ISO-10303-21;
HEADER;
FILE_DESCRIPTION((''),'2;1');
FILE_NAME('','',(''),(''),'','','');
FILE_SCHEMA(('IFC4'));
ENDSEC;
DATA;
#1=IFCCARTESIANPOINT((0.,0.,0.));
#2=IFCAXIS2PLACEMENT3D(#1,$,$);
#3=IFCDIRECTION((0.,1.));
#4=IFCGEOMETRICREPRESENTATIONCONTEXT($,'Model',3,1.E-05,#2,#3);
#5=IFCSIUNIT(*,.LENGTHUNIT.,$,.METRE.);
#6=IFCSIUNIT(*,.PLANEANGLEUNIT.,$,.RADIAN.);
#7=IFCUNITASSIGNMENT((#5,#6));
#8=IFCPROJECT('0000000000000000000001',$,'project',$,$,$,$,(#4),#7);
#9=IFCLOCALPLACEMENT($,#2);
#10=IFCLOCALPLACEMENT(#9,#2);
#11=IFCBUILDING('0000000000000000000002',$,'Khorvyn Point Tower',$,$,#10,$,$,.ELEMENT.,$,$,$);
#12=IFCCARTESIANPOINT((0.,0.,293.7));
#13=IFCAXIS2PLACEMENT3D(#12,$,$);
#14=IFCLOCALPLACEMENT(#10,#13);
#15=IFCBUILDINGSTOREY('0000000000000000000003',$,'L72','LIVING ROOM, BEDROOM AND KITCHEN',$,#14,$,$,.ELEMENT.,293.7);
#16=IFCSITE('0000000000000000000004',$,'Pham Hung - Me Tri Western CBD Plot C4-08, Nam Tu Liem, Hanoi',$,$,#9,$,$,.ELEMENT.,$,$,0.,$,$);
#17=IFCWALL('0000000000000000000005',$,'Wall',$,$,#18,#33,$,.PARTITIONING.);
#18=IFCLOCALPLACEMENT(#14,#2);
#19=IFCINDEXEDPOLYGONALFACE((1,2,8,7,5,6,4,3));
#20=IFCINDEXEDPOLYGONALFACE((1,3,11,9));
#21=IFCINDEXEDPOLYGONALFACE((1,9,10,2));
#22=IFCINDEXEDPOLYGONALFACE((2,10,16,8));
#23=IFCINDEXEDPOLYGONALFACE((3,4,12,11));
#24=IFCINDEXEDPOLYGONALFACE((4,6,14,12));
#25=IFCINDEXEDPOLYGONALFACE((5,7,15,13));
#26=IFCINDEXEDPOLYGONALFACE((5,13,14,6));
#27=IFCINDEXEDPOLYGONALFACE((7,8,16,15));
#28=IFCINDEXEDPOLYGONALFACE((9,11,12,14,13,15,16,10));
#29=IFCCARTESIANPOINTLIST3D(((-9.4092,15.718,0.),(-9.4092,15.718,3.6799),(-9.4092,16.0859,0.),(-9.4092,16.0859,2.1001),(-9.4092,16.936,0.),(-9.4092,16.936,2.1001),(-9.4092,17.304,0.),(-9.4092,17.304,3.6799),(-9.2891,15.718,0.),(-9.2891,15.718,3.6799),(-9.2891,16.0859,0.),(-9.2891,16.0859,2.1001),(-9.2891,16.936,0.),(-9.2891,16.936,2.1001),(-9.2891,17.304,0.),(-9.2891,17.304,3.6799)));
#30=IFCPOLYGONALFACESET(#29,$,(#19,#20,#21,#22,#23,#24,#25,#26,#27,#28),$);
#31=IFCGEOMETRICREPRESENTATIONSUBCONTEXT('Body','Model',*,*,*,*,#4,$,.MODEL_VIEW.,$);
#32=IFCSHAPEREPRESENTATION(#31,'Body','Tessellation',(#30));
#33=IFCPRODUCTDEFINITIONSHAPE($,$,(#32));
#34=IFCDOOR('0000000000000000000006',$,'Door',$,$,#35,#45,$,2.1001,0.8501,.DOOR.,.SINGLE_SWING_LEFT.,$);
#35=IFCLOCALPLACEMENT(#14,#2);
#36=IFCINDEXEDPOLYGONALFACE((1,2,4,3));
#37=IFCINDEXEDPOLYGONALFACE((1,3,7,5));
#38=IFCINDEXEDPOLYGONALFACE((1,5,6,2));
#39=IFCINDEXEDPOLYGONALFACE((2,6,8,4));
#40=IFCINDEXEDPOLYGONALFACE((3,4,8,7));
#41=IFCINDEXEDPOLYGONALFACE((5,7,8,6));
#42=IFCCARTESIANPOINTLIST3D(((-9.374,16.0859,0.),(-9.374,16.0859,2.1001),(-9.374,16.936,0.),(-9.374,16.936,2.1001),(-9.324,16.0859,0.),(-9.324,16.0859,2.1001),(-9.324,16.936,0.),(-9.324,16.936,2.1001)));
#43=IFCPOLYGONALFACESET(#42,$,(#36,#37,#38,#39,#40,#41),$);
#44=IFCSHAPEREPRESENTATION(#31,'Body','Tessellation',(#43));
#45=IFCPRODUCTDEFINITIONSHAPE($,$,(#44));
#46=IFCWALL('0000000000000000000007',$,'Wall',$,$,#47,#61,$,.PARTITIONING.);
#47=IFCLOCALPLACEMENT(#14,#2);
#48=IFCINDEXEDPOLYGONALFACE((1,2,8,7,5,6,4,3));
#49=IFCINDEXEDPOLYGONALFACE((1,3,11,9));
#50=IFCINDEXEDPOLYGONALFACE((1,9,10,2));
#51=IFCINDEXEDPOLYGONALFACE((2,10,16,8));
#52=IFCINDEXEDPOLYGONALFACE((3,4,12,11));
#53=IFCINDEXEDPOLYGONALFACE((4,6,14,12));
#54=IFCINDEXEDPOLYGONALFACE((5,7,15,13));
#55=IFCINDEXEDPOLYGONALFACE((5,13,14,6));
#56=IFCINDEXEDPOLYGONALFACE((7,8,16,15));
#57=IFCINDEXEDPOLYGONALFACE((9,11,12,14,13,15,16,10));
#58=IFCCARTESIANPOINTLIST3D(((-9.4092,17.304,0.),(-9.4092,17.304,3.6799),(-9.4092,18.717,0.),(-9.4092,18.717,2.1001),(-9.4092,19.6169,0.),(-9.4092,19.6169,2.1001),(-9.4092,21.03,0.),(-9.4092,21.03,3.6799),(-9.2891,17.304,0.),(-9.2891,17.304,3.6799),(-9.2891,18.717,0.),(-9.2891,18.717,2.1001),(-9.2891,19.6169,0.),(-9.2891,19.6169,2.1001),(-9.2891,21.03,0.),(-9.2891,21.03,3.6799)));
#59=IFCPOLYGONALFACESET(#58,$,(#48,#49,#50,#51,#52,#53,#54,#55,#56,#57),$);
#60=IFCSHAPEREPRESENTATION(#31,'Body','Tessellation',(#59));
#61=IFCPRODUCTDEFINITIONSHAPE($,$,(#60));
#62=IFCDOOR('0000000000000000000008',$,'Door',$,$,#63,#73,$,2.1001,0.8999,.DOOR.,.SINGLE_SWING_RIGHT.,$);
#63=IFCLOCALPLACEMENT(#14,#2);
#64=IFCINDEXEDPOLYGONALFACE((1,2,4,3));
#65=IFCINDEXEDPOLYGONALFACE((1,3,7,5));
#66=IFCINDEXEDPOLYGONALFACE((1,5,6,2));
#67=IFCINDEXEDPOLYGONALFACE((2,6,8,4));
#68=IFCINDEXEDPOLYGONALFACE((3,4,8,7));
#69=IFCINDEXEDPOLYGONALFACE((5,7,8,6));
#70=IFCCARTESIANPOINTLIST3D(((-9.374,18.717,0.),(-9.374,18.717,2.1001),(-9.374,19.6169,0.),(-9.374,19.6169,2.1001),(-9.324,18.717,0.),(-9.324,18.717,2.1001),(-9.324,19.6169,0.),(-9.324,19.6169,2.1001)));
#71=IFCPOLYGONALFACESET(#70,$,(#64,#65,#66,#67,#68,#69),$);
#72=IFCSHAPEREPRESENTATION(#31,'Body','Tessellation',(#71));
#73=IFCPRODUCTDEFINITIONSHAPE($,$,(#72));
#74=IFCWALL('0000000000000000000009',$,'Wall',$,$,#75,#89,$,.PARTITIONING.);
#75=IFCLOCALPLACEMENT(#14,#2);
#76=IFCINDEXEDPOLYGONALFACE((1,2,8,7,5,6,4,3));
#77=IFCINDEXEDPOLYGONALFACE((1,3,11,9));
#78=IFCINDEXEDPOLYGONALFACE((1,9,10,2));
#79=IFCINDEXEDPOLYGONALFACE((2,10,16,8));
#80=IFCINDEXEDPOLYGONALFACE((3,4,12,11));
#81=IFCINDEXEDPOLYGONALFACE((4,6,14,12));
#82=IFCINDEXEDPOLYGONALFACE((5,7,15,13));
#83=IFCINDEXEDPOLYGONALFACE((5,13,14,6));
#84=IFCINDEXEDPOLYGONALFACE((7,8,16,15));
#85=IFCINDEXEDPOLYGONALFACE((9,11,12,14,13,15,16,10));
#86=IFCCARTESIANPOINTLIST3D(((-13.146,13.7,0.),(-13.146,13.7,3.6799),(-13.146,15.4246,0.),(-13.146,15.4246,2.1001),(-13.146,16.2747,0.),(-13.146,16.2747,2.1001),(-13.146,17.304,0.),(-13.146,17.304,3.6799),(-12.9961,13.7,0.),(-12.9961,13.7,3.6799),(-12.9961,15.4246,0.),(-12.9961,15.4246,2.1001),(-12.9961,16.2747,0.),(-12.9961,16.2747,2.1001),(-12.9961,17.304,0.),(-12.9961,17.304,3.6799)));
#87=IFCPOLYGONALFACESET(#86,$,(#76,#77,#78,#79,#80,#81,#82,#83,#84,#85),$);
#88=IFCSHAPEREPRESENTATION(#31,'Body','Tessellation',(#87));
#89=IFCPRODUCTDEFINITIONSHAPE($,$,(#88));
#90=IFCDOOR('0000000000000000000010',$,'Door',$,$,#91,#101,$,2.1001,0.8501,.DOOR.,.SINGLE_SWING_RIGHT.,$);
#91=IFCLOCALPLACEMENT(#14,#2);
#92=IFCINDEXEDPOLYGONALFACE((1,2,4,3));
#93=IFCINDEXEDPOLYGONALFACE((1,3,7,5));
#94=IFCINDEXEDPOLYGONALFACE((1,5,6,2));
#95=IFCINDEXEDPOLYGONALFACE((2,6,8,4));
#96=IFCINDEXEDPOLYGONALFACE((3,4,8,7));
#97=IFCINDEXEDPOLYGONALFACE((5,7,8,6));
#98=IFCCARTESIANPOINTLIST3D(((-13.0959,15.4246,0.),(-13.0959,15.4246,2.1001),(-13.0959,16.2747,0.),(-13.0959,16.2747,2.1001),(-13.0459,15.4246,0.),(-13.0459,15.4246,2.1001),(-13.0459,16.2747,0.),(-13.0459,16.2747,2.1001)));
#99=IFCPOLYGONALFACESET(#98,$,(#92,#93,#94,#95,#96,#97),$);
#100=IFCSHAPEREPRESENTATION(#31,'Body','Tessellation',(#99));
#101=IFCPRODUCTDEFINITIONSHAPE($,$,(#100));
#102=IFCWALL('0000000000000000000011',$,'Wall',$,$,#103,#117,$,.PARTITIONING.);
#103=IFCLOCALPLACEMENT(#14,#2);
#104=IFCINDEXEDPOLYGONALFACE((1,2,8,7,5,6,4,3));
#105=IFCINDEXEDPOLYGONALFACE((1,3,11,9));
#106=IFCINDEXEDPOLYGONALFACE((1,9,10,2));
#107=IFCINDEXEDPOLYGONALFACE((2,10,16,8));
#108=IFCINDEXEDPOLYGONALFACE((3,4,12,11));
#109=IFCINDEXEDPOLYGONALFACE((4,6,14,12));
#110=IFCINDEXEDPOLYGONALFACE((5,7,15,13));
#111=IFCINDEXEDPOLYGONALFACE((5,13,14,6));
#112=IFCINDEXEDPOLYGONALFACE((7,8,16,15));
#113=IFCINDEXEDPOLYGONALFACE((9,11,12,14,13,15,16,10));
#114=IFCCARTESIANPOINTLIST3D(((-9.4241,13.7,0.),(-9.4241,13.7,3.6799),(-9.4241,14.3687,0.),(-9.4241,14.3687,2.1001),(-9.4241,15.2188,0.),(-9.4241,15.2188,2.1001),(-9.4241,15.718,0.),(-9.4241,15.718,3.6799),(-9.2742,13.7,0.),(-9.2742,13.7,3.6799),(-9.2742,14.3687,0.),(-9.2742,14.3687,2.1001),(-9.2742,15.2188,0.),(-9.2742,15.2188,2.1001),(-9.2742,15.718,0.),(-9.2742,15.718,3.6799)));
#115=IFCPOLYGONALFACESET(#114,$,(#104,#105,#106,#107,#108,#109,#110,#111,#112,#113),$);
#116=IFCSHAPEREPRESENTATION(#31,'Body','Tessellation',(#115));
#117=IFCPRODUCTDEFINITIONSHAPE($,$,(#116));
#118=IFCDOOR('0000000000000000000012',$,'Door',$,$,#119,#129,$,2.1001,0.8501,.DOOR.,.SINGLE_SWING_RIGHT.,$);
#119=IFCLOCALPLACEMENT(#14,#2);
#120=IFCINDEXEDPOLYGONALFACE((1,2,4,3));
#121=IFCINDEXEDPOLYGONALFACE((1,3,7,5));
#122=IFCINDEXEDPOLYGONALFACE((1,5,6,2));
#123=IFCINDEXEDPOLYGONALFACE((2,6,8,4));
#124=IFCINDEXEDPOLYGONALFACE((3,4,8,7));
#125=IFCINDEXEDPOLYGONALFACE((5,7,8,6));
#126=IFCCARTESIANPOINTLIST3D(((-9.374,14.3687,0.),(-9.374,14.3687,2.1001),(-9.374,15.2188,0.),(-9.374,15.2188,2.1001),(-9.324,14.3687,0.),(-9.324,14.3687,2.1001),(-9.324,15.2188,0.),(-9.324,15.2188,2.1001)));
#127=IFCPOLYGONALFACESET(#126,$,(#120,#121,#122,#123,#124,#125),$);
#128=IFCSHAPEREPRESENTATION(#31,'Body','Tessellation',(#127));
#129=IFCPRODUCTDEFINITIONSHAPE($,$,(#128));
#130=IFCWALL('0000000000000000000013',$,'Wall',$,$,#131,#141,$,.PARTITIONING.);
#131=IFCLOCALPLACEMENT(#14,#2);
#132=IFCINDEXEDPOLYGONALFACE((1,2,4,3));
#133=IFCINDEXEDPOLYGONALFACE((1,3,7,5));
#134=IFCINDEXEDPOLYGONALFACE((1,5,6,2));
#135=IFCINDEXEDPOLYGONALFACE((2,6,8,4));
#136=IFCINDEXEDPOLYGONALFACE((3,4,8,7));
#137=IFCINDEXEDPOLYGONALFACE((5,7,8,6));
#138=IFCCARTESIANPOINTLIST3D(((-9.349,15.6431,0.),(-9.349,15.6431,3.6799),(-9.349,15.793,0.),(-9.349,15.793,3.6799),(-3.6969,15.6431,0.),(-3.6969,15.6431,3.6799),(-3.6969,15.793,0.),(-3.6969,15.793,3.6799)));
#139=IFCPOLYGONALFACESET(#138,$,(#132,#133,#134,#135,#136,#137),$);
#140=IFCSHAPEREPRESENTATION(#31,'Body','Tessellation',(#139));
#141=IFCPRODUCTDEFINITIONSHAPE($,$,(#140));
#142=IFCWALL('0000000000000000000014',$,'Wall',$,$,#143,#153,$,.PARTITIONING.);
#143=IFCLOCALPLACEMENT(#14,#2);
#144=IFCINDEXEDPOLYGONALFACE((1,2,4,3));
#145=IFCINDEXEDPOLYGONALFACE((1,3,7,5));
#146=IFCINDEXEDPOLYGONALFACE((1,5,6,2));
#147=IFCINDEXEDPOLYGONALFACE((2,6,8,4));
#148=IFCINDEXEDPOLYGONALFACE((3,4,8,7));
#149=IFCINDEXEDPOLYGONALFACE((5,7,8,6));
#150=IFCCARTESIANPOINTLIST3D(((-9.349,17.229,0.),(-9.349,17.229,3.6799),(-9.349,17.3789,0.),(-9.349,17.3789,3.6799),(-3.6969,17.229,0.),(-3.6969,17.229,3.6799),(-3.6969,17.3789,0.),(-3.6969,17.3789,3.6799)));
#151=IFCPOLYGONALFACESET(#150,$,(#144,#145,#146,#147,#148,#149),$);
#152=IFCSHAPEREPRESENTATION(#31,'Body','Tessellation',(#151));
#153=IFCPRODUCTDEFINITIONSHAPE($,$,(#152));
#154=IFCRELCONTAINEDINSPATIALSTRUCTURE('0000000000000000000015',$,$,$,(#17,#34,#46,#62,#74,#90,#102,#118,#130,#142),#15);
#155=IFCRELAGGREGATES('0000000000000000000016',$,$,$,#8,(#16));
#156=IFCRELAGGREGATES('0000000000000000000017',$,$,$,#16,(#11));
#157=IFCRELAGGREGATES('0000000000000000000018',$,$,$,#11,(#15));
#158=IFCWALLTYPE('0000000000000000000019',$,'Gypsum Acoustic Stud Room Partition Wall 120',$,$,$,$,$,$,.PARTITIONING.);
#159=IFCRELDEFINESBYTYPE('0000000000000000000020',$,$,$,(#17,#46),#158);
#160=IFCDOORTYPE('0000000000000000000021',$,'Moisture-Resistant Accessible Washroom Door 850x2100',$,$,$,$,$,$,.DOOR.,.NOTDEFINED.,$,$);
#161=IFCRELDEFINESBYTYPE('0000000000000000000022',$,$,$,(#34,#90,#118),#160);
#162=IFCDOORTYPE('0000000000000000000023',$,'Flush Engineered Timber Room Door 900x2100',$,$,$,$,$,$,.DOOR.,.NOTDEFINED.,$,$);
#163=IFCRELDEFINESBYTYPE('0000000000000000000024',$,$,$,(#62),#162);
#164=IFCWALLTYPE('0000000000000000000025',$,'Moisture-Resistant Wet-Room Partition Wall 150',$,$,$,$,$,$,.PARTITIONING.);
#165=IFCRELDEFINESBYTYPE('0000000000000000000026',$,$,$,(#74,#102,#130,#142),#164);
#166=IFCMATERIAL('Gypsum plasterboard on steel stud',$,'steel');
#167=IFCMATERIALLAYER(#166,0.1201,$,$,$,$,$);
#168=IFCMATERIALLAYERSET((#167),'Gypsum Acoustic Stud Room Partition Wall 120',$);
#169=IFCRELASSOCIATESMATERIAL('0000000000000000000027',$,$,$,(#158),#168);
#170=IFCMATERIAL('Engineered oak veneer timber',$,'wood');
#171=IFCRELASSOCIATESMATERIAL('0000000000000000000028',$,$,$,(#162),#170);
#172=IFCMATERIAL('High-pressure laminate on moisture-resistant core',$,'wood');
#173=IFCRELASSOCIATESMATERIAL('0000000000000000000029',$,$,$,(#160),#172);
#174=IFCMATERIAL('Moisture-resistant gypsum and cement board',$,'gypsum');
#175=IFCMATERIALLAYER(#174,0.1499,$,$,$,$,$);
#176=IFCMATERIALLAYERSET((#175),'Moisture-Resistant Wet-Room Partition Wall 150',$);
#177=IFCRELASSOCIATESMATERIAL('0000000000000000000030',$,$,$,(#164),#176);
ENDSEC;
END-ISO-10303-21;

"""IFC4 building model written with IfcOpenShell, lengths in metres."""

from ifc_helpers import new_model, si_unit, direction, frame, frame_2d, origin, place, context, subcontext, project, spatial, rectangle, extrude, material, layer, layer_set, type_object, element, fill, save


model = new_model("IFC4")

# Units and contexts
model_context = context("Model", 3, precision=1e-05, world=origin(), true_north=direction((0.0, 1.0)))
body_context = subcontext(model_context, "Body", "Model", "MODEL_VIEW")
ifc_project = project(units=[si_unit("LENGTHUNIT", "METRE"), si_unit("PLANEANGLEUNIT", "RADIAN")], contexts=[model_context])

# Site, building, storey
site_placement = place(None, origin())
site = spatial("IfcSite", under=ifc_project, at=site_placement, Name="Pham Hung - Me Tri Western CBD Plot C4-08, Nam Tu Liem, Hanoi", CompositionType="ELEMENT", RefElevation=0.0)
building_placement = place(site_placement, origin())
building = spatial("IfcBuilding", under=site, at=building_placement, Name="Khorvyn Point Tower", CompositionType="ELEMENT")
storey_placement = place(building_placement, frame((0.0, 0.0, 293.7)))
storey = spatial("IfcBuildingStorey", under=building, at=storey_placement, Name="L72", Description="LIVING ROOM, BEDROOM AND KITCHEN", CompositionType="ELEMENT", Elevation=293.7)

# Walls, openings, doors
ifc_material_1 = material(Name="Gypsum plasterboard on steel stud", Category="steel")
ifc_layer_1 = layer(ifc_material_1, 0.1201)
ifc_layer_set_1 = layer_set([ifc_layer_1], Name="Gypsum Acoustic Stud Room Partition Wall 120")
wall_type_1 = type_object("IfcWallType", Name="Gypsum Acoustic Stud Room Partition Wall 120", PredefinedType="PARTITIONING", material=ifc_layer_set_1)
ifc_material_2 = material(Name="Engineered oak veneer timber", Category="wood")
door_type_1 = type_object("IfcDoorType", Name="Flush Engineered Timber Room Door 900x2100", OperationType="NOTDEFINED", PredefinedType="DOOR", material=ifc_material_2)
wall_1_placement = place(storey_placement, frame((-9.3491, 15.718, 0.0), z_axis=(0.0, 0.0, 1.0), x_axis=(0.0, 1.0, 0.0)))
wall_1 = element("IfcWall", 1, at=wall_1_placement, inside=storey, type_object=wall_type_1, Name="Wall", PredefinedType="PARTITIONING", context=body_context, shape_type="SweptSolid", body=[
    extrude(rectangle(XDim=1.5859, YDim=0.1201, at=frame_2d((0.793, 0.0))), origin(), (0.0, 0.0, 1.0), 3.6799),
])
opening_1_placement = place(wall_1_placement, frame((0.3679, 0.0, 0.0)))
opening_1 = element("IfcOpeningElement", 2, at=opening_1_placement, cuts=wall_1, PredefinedType="OPENING", context=body_context, shape_type="SweptSolid", body=[
    extrude(rectangle(XDim=0.8501, YDim=2.1001, at=frame_2d((0.425, 1.05))), frame((0.0, 0.0701, 0.0), z_axis=(0.0, -1.0, 0.0), x_axis=(1.0, 0.0, 0.0)), (0.0, 0.0, 1.0), 0.1401),
])
ifc_material_3 = material(Name="High-pressure laminate on moisture-resistant core", Category="wood")
door_type_2 = type_object("IfcDoorType", Name="Moisture-Resistant Accessible Washroom Door 850x2100", OperationType="NOTDEFINED", PredefinedType="DOOR", material=ifc_material_3)
door_1_placement = place(opening_1_placement, origin())
door_1 = element("IfcDoor", 3, at=door_1_placement, inside=storey, type_object=door_type_2, Name="Door", OperationType="SINGLE_SWING_LEFT", OverallHeight=2.1001, OverallWidth=0.8501, PredefinedType="DOOR", context=body_context, shape_type="SweptSolid", body=[
    extrude(rectangle(XDim=0.8501, YDim=2.1001, at=frame_2d((0.425, 1.05))), frame((0.0, 0.0249, 0.0), z_axis=(0.0, -1.0, 0.0), x_axis=(1.0, 0.0, 0.0)), (0.0, 0.0, 1.0), 0.05),
])
fill(opening_1, door_1)
wall_2_placement = place(storey_placement, frame((-9.3491, 17.304, 0.0), z_axis=(0.0, 0.0, 1.0), x_axis=(0.0, 1.0, 0.0)))
wall_2 = element("IfcWall", 4, at=wall_2_placement, inside=storey, type_object=wall_type_1, Name="Wall", PredefinedType="PARTITIONING", context=body_context, shape_type="SweptSolid", body=[
    extrude(rectangle(XDim=3.7261, YDim=0.1201, at=frame_2d((1.863, 0.0))), origin(), (0.0, 0.0, 1.0), 3.6799),
])
opening_2_placement = place(wall_2_placement, frame((1.4131, 0.0, 0.0)))
opening_2 = element("IfcOpeningElement", 5, at=opening_2_placement, cuts=wall_2, PredefinedType="OPENING", context=body_context, shape_type="SweptSolid", body=[
    extrude(rectangle(XDim=0.8999, YDim=2.1001, at=frame_2d((0.45, 1.05))), frame((0.0, 0.0701, 0.0), z_axis=(0.0, -1.0, 0.0), x_axis=(1.0, 0.0, 0.0)), (0.0, 0.0, 1.0), 0.1401),
])
door_2_placement = place(opening_2_placement, origin())
door_2 = element("IfcDoor", 6, at=door_2_placement, inside=storey, type_object=door_type_1, Name="Door", OperationType="SINGLE_SWING_RIGHT", OverallHeight=2.1001, OverallWidth=0.8999, PredefinedType="DOOR", context=body_context, shape_type="SweptSolid", body=[
    extrude(rectangle(XDim=0.8999, YDim=2.1001, at=frame_2d((0.45, 1.05))), frame((0.0, 0.0249, 0.0), z_axis=(0.0, -1.0, 0.0), x_axis=(1.0, 0.0, 0.0)), (0.0, 0.0, 1.0), 0.05),
])
fill(opening_2, door_2)
ifc_material_4 = material(Name="Moisture-resistant gypsum and cement board", Category="gypsum")
ifc_layer_2 = layer(ifc_material_4, 0.1499)
ifc_layer_set_2 = layer_set([ifc_layer_2], Name="Moisture-Resistant Wet-Room Partition Wall 150")
wall_type_2 = type_object("IfcWallType", Name="Moisture-Resistant Wet-Room Partition Wall 150", PredefinedType="PARTITIONING", material=ifc_layer_set_2)
wall_3_placement = place(storey_placement, frame((-13.071, 13.7, 0.0), z_axis=(0.0, 0.0, 1.0), x_axis=(0.0, 1.0, 0.0)))
wall_3 = element("IfcWall", 7, at=wall_3_placement, inside=storey, type_object=wall_type_2, Name="Wall", PredefinedType="PARTITIONING", context=body_context, shape_type="SweptSolid", body=[
    extrude(rectangle(XDim=3.604, YDim=0.1499, at=frame_2d((1.802, 0.0))), origin(), (0.0, 0.0, 1.0), 3.6799),
])
opening_3_placement = place(wall_3_placement, frame((1.7246, 0.0, 0.0)))
opening_3 = element("IfcOpeningElement", 8, at=opening_3_placement, cuts=wall_3, PredefinedType="OPENING", context=body_context, shape_type="SweptSolid", body=[
    extrude(rectangle(XDim=0.8501, YDim=2.1001, at=frame_2d((0.425, 1.05))), frame((0.0, 0.085, 0.0), z_axis=(0.0, -1.0, 0.0), x_axis=(1.0, 0.0, 0.0)), (0.0, 0.0, 1.0), 0.1699),
])
door_3_placement = place(opening_3_placement, origin())
door_3 = element("IfcDoor", 9, at=door_3_placement, inside=storey, type_object=door_type_2, Name="Door", OperationType="SINGLE_SWING_RIGHT", OverallHeight=2.1001, OverallWidth=0.8501, PredefinedType="DOOR", context=body_context, shape_type="SweptSolid", body=[
    extrude(rectangle(XDim=0.8501, YDim=2.1001, at=frame_2d((0.425, 1.05))), frame((0.0, 0.0249, 0.0), z_axis=(0.0, -1.0, 0.0), x_axis=(1.0, 0.0, 0.0)), (0.0, 0.0, 1.0), 0.05),
])
fill(opening_3, door_3)
wall_4_placement = place(storey_placement, frame((-9.3491, 13.7, 0.0), z_axis=(0.0, 0.0, 1.0), x_axis=(0.0, 1.0, 0.0)))
wall_4 = element("IfcWall", 10, at=wall_4_placement, inside=storey, type_object=wall_type_2, Name="Wall", PredefinedType="PARTITIONING", context=body_context, shape_type="SweptSolid", body=[
    extrude(rectangle(XDim=2.0181, YDim=0.1499, at=frame_2d((1.009, 0.0))), origin(), (0.0, 0.0, 1.0), 3.6799),
])
opening_4_placement = place(wall_4_placement, frame((0.6687, 0.0, 0.0)))
opening_4 = element("IfcOpeningElement", 11, at=opening_4_placement, cuts=wall_4, PredefinedType="OPENING", context=body_context, shape_type="SweptSolid", body=[
    extrude(rectangle(XDim=0.8501, YDim=2.1001, at=frame_2d((0.425, 1.05))), frame((0.0, 0.085, 0.0), z_axis=(0.0, -1.0, 0.0), x_axis=(1.0, 0.0, 0.0)), (0.0, 0.0, 1.0), 0.1699),
])
door_4_placement = place(opening_4_placement, origin())
door_4 = element("IfcDoor", 12, at=door_4_placement, inside=storey, type_object=door_type_2, Name="Door", OperationType="SINGLE_SWING_RIGHT", OverallHeight=2.1001, OverallWidth=0.8501, PredefinedType="DOOR", context=body_context, shape_type="SweptSolid", body=[
    extrude(rectangle(XDim=0.8501, YDim=2.1001, at=frame_2d((0.425, 1.05))), frame((0.0, 0.0249, 0.0), z_axis=(0.0, -1.0, 0.0), x_axis=(1.0, 0.0, 0.0)), (0.0, 0.0, 1.0), 0.05),
])
fill(opening_4, door_4)

# Walls
for number, where, z_axis, x_axis, name in (
    (13, (-9.3491, 15.718, 0.0), (0.0, 0.0, 1.0), (1.0, 0.0, 0.0), "Wall"),
    (14, (-9.3491, 17.304, 0.0), (0.0, 0.0, 1.0), (1.0, 0.0, 0.0), "Wall"),
):
    element("IfcWall", number, at=place(storey_placement, frame(where, z_axis=z_axis, x_axis=x_axis)), inside=storey, type_object=wall_type_2, Name=name, PredefinedType="PARTITIONING", context=body_context, shape_type="SweptSolid", body=[
        extrude(rectangle(XDim=5.6521, YDim=0.1499, at=frame_2d((2.8262, 0.0))), origin(), (0.0, 0.0, 1.0), 3.6799),
    ])

save(model, "model.ifc")
